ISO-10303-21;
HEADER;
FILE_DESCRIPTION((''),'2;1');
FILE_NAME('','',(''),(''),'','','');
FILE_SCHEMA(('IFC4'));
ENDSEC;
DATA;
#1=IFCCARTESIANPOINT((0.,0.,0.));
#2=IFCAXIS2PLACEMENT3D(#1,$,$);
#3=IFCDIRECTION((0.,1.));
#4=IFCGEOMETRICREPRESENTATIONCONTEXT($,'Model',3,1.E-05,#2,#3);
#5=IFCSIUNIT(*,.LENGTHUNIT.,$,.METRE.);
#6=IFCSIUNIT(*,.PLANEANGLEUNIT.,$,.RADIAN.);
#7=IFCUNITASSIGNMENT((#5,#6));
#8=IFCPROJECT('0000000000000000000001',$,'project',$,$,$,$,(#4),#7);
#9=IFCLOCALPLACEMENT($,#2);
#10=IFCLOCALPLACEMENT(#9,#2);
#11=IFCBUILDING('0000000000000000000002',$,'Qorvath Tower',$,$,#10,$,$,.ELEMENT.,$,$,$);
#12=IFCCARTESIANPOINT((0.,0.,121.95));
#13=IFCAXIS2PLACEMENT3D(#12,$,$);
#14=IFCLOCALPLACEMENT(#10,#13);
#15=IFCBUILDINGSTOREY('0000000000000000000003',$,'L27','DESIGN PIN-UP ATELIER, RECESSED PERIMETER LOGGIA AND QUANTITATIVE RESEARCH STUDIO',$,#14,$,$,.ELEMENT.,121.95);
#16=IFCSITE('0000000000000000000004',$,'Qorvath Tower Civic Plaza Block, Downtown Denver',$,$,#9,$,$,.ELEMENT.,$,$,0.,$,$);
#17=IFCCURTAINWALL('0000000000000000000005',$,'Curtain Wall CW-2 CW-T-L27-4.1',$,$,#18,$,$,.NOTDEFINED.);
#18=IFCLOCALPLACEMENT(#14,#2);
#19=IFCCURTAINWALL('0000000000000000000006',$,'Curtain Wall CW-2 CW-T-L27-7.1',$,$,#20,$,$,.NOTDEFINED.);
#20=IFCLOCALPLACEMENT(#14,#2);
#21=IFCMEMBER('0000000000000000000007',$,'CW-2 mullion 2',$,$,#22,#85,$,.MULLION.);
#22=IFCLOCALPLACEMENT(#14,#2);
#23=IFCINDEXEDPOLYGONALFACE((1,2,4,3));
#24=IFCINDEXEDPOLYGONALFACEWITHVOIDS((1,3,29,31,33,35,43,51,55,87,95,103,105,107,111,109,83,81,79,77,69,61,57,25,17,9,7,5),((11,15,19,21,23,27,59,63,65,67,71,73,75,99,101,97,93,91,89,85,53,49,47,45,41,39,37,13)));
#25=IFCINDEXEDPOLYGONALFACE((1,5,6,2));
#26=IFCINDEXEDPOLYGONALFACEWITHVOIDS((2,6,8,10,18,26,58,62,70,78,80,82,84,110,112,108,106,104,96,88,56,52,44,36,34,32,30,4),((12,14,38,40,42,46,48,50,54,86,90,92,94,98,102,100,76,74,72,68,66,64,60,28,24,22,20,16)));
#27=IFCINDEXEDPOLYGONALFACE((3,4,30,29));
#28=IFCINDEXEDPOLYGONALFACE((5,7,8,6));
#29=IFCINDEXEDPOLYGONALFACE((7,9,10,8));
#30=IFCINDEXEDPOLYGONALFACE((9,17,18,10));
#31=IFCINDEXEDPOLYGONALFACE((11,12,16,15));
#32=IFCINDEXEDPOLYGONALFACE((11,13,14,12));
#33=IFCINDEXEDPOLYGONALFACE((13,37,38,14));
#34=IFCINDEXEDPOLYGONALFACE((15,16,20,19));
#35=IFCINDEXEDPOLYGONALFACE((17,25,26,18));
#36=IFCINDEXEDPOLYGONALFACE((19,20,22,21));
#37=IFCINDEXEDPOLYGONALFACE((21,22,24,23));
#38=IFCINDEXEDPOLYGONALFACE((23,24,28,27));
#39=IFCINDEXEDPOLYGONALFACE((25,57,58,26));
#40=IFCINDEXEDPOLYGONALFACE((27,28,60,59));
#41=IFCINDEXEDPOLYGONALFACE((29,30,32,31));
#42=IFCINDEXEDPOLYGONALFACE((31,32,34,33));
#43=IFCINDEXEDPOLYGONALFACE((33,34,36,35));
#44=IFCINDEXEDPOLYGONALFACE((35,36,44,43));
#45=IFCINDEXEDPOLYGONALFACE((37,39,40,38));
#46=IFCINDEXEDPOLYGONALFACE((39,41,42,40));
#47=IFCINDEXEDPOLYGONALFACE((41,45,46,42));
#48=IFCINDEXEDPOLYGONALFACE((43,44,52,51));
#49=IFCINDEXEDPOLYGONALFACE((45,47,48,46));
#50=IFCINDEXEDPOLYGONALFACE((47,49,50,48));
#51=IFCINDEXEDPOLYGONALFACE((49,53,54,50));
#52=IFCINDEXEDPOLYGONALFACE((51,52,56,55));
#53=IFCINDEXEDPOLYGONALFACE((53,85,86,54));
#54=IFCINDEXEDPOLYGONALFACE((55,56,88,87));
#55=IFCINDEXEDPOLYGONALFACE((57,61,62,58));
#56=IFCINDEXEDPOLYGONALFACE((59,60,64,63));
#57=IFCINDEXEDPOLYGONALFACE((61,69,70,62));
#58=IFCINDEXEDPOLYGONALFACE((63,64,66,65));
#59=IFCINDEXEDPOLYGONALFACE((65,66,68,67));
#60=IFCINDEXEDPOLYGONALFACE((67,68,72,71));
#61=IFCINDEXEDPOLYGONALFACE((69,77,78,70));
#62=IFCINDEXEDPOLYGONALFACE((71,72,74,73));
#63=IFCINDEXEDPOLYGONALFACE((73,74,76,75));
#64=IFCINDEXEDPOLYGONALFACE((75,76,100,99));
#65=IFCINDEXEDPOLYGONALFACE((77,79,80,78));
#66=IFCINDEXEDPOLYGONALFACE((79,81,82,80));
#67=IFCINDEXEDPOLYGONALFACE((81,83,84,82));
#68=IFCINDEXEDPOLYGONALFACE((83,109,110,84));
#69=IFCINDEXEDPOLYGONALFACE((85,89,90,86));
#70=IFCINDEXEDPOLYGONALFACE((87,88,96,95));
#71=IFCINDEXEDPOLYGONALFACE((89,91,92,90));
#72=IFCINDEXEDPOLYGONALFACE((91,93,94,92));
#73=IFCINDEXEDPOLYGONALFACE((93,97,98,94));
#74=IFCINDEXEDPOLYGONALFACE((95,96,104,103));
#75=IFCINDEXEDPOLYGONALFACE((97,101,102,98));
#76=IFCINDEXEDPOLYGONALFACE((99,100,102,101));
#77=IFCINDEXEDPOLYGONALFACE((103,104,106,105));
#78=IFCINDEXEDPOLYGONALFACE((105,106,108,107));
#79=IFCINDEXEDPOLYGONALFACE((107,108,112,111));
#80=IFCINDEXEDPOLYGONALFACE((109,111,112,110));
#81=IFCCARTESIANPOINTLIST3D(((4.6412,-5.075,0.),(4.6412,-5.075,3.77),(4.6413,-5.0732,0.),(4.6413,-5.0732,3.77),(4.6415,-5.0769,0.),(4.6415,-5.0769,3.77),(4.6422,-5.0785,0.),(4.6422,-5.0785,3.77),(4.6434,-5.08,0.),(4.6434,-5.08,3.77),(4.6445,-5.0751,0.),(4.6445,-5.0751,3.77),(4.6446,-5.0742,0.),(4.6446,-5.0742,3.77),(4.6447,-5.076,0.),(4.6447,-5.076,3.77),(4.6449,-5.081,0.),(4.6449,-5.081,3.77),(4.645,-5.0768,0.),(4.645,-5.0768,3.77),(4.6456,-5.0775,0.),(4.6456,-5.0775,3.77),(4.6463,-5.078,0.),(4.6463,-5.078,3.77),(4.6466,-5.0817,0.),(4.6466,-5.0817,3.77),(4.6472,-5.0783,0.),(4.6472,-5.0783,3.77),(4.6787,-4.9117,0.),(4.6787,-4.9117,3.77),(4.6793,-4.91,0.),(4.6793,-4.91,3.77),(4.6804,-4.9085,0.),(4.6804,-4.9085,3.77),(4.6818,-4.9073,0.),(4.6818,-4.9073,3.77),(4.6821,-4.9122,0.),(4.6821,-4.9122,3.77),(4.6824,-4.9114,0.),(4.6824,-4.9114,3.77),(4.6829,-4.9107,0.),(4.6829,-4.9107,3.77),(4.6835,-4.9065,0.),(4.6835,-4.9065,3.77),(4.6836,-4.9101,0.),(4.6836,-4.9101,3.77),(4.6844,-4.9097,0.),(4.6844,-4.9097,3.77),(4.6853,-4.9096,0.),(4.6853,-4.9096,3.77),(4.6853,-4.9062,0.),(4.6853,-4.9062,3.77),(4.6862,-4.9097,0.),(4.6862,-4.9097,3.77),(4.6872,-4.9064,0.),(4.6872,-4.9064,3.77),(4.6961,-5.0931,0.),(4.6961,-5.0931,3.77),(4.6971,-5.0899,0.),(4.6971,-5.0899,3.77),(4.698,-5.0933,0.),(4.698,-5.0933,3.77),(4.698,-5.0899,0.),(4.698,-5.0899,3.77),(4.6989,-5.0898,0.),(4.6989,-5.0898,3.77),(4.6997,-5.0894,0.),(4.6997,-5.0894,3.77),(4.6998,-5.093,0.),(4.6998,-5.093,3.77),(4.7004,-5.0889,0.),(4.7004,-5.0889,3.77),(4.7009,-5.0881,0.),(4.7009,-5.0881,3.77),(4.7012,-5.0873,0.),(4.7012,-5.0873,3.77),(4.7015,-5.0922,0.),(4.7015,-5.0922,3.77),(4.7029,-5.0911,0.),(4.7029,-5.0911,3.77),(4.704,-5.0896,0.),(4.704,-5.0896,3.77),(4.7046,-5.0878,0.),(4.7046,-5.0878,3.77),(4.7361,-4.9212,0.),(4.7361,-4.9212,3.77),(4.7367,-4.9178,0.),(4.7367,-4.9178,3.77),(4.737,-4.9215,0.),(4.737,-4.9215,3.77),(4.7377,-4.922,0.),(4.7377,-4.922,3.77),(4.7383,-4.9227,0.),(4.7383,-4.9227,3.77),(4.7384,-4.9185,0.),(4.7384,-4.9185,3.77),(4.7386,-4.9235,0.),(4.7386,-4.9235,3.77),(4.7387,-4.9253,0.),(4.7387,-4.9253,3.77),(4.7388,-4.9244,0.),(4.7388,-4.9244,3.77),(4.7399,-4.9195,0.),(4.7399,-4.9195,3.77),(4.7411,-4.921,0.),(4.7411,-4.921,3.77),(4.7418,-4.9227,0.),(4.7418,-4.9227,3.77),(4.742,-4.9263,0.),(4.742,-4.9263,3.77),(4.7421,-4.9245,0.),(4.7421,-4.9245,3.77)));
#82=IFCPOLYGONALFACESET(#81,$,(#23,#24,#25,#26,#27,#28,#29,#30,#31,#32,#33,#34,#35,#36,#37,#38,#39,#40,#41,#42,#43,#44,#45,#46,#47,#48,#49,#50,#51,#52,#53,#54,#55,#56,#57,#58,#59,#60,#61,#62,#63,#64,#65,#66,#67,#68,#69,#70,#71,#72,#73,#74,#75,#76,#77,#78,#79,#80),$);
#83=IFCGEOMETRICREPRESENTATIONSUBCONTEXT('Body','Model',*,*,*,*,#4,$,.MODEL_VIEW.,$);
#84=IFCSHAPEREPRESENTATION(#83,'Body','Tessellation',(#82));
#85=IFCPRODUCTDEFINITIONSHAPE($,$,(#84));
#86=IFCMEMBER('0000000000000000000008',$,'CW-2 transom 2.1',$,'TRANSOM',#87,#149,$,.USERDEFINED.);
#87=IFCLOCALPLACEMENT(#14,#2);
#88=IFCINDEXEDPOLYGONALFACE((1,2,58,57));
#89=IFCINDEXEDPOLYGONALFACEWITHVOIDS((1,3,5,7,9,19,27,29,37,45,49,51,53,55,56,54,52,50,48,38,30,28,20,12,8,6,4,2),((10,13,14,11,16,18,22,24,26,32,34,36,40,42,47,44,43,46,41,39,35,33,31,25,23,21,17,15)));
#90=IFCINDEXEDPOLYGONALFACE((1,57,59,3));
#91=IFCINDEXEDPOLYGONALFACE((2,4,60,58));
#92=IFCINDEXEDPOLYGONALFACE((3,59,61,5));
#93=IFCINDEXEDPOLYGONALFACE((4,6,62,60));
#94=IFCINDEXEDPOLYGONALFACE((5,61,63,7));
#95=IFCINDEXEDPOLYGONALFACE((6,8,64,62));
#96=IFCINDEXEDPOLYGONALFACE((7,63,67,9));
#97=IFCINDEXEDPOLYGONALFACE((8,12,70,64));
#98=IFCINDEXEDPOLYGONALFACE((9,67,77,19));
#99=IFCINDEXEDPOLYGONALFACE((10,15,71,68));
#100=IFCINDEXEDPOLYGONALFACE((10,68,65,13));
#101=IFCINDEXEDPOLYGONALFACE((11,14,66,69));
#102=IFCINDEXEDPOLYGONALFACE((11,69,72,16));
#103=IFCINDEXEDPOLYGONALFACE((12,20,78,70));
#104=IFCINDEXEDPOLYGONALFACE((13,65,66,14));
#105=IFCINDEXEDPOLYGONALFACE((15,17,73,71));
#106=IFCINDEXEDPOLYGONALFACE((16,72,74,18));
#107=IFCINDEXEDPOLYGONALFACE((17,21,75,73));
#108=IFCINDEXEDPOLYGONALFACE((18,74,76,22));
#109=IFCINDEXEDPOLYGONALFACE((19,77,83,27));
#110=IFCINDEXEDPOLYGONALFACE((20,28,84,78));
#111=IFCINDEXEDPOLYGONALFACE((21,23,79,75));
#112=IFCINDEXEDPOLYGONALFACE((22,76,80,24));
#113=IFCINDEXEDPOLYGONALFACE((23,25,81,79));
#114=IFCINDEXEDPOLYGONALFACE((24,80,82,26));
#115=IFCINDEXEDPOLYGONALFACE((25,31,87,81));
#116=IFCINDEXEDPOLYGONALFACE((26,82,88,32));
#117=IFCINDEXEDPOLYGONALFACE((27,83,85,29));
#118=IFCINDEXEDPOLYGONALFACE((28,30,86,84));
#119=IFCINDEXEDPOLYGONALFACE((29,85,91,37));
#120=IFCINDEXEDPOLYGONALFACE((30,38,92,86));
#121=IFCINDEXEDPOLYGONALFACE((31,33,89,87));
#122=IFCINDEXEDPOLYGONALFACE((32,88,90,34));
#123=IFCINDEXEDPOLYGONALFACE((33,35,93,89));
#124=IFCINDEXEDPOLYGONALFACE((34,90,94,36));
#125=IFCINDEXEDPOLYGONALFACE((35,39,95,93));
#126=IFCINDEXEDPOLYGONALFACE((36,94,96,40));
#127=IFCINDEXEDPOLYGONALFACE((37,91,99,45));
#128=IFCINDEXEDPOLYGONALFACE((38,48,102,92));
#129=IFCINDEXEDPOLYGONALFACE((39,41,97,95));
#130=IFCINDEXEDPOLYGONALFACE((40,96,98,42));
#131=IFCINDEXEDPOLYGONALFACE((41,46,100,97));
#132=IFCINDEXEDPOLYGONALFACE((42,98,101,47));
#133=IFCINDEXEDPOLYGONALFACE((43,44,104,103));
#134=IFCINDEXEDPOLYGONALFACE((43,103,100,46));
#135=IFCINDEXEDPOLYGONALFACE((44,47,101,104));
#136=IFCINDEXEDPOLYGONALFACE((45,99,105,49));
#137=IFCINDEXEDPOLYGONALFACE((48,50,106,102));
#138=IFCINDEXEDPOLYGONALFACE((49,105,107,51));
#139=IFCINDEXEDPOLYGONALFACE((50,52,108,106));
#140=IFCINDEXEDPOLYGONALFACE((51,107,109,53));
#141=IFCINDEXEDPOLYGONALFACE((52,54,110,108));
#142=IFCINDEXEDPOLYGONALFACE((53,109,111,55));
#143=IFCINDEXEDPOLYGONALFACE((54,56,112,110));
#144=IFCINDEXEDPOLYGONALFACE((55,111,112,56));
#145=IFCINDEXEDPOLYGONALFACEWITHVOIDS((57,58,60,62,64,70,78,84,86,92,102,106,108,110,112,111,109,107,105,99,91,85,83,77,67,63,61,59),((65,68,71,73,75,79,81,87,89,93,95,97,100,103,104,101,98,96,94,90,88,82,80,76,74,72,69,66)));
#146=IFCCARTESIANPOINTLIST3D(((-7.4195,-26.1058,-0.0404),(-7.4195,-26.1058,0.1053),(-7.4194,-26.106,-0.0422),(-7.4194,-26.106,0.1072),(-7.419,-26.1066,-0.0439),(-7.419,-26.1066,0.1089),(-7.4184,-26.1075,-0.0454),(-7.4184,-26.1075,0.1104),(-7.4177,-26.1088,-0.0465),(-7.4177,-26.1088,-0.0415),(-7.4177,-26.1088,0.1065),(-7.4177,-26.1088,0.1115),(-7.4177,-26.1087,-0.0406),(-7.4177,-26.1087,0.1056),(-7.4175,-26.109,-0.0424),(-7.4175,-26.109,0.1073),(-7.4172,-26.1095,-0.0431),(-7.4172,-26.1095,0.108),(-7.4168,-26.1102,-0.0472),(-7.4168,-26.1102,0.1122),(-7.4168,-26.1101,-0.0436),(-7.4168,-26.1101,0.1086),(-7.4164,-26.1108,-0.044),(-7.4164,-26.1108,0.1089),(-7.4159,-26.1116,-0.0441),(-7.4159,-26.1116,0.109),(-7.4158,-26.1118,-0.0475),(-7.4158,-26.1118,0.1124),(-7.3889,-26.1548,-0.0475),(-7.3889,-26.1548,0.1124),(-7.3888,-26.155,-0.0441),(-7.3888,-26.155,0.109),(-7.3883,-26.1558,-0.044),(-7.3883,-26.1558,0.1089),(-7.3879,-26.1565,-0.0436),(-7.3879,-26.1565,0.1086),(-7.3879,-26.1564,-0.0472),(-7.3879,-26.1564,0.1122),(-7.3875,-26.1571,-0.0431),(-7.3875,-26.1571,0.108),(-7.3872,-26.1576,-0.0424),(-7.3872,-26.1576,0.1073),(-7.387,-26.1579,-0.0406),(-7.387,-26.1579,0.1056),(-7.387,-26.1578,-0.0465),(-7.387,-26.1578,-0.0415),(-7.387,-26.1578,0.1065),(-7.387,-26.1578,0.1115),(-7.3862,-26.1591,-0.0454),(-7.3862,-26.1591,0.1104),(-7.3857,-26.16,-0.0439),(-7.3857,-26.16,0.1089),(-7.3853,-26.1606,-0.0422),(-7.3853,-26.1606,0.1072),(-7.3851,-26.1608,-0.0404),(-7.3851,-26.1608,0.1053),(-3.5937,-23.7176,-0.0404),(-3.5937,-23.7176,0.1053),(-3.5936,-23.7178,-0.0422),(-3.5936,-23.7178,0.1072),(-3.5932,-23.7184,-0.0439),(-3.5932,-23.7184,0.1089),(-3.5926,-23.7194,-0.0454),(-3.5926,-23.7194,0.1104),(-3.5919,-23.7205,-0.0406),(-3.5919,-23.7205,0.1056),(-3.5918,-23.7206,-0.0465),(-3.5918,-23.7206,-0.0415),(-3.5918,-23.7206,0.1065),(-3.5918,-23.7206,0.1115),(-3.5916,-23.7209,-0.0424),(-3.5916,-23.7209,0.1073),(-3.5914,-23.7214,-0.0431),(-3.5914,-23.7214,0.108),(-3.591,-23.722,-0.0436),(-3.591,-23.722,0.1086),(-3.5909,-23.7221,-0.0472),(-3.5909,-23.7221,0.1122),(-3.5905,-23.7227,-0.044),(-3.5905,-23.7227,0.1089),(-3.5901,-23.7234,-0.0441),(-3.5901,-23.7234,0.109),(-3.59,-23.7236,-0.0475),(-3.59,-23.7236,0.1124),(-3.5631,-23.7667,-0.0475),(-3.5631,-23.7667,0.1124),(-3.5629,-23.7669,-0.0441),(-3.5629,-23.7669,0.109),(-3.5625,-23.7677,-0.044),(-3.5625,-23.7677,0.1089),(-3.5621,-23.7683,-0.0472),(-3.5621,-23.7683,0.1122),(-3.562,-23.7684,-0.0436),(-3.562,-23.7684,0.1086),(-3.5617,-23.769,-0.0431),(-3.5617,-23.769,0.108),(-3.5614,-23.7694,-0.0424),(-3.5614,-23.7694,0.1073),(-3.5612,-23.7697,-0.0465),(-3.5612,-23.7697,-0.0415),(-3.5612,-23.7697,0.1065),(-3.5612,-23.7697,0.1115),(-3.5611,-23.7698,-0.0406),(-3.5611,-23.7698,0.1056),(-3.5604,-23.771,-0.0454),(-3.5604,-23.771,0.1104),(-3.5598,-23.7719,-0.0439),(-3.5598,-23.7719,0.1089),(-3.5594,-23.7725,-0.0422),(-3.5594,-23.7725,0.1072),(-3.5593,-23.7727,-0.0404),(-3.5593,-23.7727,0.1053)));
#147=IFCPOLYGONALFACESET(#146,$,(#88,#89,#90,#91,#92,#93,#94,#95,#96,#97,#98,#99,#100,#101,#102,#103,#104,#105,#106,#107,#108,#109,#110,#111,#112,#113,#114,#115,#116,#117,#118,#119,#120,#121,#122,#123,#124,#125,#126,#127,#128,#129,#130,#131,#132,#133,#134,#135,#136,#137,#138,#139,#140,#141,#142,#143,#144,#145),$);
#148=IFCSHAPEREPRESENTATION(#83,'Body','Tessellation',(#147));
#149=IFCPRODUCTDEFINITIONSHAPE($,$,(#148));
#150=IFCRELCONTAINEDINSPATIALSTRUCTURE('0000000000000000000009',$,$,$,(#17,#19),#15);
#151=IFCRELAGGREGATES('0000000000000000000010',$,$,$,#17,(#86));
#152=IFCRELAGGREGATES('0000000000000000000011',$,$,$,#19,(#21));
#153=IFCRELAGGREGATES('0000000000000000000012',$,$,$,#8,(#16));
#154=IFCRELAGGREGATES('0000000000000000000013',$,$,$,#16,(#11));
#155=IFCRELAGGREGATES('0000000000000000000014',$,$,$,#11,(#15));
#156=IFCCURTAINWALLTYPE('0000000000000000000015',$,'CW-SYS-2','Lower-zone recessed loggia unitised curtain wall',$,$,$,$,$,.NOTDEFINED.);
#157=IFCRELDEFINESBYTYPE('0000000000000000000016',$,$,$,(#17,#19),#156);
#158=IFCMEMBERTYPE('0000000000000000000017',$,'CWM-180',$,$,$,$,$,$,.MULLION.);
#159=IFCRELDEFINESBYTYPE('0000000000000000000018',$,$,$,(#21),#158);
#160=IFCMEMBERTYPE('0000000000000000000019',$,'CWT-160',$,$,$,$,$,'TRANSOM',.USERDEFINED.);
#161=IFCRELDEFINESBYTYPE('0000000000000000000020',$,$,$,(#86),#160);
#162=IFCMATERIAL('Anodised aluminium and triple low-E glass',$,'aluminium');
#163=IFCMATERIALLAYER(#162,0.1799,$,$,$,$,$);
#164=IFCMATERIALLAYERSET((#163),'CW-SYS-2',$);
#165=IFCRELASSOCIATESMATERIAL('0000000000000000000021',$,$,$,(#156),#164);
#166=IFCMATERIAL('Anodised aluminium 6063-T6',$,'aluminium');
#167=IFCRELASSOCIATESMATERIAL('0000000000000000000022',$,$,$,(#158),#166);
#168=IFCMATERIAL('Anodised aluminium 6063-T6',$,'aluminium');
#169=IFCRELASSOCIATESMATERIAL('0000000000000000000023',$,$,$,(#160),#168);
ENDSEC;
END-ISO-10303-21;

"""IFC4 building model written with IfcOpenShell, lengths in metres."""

from ifc_helpers import new_model, si_unit, direction, frame, origin, origin_2d, place, context, subcontext, project, spatial, hollow_rectangle, extrude, material, layer, layer_set, material_profile, profile_set, type_object, element, aggregate, save


model = new_model("IFC4")

# Units and contexts
model_context = context("Model", 3, precision=1e-05, world=origin(), true_north=direction((0.0, 1.0)))
body_context = subcontext(model_context, "Body", "Model", "MODEL_VIEW")
ifc_project = project(units=[si_unit("LENGTHUNIT", "METRE"), si_unit("PLANEANGLEUNIT", "RADIAN")], contexts=[model_context])

# Site, building, storey
site_placement = place(None, origin())
site = spatial("IfcSite", under=ifc_project, at=site_placement, Name="Qorvath Tower Civic Plaza Block, Downtown Denver", CompositionType="ELEMENT", RefElevation=0.0)
building_placement = place(site_placement, origin())
building = spatial("IfcBuilding", under=site, at=building_placement, Name="Qorvath Tower", CompositionType="ELEMENT")
storey_placement = place(building_placement, frame((0.0, 0.0, 121.95)))
storey = spatial("IfcBuildingStorey", under=building, at=storey_placement, Name="L27", Description="DESIGN PIN-UP ATELIER, RECESSED PERIMETER LOGGIA AND QUANTITATIVE RESEARCH STUDIO", CompositionType="ELEMENT", Elevation=121.95)

# Curtain wall
ifc_material_1 = material(Name="Anodised aluminium and triple low-E glass", Category="aluminium")
ifc_layer_1 = layer(ifc_material_1, 0.1799)
ifc_layer_set_1 = layer_set([ifc_layer_1], Name="CW-SYS-2")
curtain_wall_type = type_object("IfcCurtainWallType", Name="CW-SYS-2", Description="Lower-zone recessed loggia unitised curtain wall", PredefinedType="NOTDEFINED", material=ifc_layer_set_1)
curtain_wall_1_placement = place(storey_placement, origin())
curtain_wall_1 = element("IfcCurtainWall", 1, at=curtain_wall_1_placement, inside=storey, type_object=curtain_wall_type, Name="Curtain Wall CW-2 CW-T-L27-4.1", PredefinedType="NOTDEFINED")
ifc_material_2 = material(Name="Anodised aluminium 6063-T6", Category="aluminium")
ifc_material_profile_1 = material_profile(ifc_material_2, hollow_rectangle(XDim=0.0649, YDim=0.1799, WallThickness=0.0034, InnerFilletRadius=0.0034, OuterFilletRadius=0.0071, at=origin_2d()), Name="CWM 180x65")
ifc_profile_set_1 = profile_set([ifc_material_profile_1], Name="Anodised aluminium 6063-T6")
member_type_1 = type_object("IfcMemberType", Name="CWM-180", PredefinedType="MULLION", material=ifc_profile_set_1)

# Curtain wall, member
curtain_wall_2_placement = place(storey_placement, origin())
curtain_wall_2 = element("IfcCurtainWall", 2, at=curtain_wall_2_placement, inside=storey, type_object=curtain_wall_type, Name="Curtain Wall CW-2 CW-T-L27-7.1", PredefinedType="NOTDEFINED")
member_1_placement = place(storey_placement, frame((4.6917, -4.9998, 0.0), z_axis=(0.0, 0.0, 1.0), x_axis=(-0.974296, 0.22527, 0.0)))
member_1 = element("IfcMember", 3, at=member_1_placement, type_object=member_type_1, Name="CW-2 mullion 2", PredefinedType="MULLION", context=body_context, shape_type="SweptSolid", body=[
    extrude(hollow_rectangle(XDim=0.0649, YDim=0.1799, WallThickness=0.0034, InnerFilletRadius=0.0034, OuterFilletRadius=0.0071, at=origin_2d()), origin(), (0.0, 0.0, 1.0), 3.77),
])

# Member
ifc_material_3 = material(Name="Anodised aluminium 6063-T6", Category="aluminium")
ifc_material_profile_2 = material_profile(ifc_material_3, hollow_rectangle(XDim=0.0649, YDim=0.1599, WallThickness=0.0034, InnerFilletRadius=0.0034, OuterFilletRadius=0.0071, at=origin_2d()), Name="CWT 160x65")
ifc_profile_set_2 = profile_set([ifc_material_profile_2], Name="Anodised aluminium 6063-T6")
member_type_2 = type_object("IfcMemberType", Name="CWT-160", ElementType="TRANSOM", PredefinedType="USERDEFINED", material=ifc_profile_set_2)
member_2_placement = place(storey_placement, frame((-7.4023, -26.1333, 0.0325), z_axis=(0.848299, 0.529517, 0.0), x_axis=(-0.529517, 0.848299, 0.0)))
member_2 = element("IfcMember", 4, at=member_2_placement, type_object=member_type_2, Name="CW-2 transom 2.1", ObjectType="TRANSOM", PredefinedType="USERDEFINED", context=body_context, shape_type="SweptSolid", body=[
    extrude(hollow_rectangle(XDim=0.0649, YDim=0.1599, WallThickness=0.0034, InnerFilletRadius=0.0034, OuterFilletRadius=0.0071, at=origin_2d()), origin(), (0.0, 0.0, 1.0), 4.51),
])

aggregate(curtain_wall_1, [member_2])
aggregate(curtain_wall_2, [member_1])

save(model, "model.ifc")
